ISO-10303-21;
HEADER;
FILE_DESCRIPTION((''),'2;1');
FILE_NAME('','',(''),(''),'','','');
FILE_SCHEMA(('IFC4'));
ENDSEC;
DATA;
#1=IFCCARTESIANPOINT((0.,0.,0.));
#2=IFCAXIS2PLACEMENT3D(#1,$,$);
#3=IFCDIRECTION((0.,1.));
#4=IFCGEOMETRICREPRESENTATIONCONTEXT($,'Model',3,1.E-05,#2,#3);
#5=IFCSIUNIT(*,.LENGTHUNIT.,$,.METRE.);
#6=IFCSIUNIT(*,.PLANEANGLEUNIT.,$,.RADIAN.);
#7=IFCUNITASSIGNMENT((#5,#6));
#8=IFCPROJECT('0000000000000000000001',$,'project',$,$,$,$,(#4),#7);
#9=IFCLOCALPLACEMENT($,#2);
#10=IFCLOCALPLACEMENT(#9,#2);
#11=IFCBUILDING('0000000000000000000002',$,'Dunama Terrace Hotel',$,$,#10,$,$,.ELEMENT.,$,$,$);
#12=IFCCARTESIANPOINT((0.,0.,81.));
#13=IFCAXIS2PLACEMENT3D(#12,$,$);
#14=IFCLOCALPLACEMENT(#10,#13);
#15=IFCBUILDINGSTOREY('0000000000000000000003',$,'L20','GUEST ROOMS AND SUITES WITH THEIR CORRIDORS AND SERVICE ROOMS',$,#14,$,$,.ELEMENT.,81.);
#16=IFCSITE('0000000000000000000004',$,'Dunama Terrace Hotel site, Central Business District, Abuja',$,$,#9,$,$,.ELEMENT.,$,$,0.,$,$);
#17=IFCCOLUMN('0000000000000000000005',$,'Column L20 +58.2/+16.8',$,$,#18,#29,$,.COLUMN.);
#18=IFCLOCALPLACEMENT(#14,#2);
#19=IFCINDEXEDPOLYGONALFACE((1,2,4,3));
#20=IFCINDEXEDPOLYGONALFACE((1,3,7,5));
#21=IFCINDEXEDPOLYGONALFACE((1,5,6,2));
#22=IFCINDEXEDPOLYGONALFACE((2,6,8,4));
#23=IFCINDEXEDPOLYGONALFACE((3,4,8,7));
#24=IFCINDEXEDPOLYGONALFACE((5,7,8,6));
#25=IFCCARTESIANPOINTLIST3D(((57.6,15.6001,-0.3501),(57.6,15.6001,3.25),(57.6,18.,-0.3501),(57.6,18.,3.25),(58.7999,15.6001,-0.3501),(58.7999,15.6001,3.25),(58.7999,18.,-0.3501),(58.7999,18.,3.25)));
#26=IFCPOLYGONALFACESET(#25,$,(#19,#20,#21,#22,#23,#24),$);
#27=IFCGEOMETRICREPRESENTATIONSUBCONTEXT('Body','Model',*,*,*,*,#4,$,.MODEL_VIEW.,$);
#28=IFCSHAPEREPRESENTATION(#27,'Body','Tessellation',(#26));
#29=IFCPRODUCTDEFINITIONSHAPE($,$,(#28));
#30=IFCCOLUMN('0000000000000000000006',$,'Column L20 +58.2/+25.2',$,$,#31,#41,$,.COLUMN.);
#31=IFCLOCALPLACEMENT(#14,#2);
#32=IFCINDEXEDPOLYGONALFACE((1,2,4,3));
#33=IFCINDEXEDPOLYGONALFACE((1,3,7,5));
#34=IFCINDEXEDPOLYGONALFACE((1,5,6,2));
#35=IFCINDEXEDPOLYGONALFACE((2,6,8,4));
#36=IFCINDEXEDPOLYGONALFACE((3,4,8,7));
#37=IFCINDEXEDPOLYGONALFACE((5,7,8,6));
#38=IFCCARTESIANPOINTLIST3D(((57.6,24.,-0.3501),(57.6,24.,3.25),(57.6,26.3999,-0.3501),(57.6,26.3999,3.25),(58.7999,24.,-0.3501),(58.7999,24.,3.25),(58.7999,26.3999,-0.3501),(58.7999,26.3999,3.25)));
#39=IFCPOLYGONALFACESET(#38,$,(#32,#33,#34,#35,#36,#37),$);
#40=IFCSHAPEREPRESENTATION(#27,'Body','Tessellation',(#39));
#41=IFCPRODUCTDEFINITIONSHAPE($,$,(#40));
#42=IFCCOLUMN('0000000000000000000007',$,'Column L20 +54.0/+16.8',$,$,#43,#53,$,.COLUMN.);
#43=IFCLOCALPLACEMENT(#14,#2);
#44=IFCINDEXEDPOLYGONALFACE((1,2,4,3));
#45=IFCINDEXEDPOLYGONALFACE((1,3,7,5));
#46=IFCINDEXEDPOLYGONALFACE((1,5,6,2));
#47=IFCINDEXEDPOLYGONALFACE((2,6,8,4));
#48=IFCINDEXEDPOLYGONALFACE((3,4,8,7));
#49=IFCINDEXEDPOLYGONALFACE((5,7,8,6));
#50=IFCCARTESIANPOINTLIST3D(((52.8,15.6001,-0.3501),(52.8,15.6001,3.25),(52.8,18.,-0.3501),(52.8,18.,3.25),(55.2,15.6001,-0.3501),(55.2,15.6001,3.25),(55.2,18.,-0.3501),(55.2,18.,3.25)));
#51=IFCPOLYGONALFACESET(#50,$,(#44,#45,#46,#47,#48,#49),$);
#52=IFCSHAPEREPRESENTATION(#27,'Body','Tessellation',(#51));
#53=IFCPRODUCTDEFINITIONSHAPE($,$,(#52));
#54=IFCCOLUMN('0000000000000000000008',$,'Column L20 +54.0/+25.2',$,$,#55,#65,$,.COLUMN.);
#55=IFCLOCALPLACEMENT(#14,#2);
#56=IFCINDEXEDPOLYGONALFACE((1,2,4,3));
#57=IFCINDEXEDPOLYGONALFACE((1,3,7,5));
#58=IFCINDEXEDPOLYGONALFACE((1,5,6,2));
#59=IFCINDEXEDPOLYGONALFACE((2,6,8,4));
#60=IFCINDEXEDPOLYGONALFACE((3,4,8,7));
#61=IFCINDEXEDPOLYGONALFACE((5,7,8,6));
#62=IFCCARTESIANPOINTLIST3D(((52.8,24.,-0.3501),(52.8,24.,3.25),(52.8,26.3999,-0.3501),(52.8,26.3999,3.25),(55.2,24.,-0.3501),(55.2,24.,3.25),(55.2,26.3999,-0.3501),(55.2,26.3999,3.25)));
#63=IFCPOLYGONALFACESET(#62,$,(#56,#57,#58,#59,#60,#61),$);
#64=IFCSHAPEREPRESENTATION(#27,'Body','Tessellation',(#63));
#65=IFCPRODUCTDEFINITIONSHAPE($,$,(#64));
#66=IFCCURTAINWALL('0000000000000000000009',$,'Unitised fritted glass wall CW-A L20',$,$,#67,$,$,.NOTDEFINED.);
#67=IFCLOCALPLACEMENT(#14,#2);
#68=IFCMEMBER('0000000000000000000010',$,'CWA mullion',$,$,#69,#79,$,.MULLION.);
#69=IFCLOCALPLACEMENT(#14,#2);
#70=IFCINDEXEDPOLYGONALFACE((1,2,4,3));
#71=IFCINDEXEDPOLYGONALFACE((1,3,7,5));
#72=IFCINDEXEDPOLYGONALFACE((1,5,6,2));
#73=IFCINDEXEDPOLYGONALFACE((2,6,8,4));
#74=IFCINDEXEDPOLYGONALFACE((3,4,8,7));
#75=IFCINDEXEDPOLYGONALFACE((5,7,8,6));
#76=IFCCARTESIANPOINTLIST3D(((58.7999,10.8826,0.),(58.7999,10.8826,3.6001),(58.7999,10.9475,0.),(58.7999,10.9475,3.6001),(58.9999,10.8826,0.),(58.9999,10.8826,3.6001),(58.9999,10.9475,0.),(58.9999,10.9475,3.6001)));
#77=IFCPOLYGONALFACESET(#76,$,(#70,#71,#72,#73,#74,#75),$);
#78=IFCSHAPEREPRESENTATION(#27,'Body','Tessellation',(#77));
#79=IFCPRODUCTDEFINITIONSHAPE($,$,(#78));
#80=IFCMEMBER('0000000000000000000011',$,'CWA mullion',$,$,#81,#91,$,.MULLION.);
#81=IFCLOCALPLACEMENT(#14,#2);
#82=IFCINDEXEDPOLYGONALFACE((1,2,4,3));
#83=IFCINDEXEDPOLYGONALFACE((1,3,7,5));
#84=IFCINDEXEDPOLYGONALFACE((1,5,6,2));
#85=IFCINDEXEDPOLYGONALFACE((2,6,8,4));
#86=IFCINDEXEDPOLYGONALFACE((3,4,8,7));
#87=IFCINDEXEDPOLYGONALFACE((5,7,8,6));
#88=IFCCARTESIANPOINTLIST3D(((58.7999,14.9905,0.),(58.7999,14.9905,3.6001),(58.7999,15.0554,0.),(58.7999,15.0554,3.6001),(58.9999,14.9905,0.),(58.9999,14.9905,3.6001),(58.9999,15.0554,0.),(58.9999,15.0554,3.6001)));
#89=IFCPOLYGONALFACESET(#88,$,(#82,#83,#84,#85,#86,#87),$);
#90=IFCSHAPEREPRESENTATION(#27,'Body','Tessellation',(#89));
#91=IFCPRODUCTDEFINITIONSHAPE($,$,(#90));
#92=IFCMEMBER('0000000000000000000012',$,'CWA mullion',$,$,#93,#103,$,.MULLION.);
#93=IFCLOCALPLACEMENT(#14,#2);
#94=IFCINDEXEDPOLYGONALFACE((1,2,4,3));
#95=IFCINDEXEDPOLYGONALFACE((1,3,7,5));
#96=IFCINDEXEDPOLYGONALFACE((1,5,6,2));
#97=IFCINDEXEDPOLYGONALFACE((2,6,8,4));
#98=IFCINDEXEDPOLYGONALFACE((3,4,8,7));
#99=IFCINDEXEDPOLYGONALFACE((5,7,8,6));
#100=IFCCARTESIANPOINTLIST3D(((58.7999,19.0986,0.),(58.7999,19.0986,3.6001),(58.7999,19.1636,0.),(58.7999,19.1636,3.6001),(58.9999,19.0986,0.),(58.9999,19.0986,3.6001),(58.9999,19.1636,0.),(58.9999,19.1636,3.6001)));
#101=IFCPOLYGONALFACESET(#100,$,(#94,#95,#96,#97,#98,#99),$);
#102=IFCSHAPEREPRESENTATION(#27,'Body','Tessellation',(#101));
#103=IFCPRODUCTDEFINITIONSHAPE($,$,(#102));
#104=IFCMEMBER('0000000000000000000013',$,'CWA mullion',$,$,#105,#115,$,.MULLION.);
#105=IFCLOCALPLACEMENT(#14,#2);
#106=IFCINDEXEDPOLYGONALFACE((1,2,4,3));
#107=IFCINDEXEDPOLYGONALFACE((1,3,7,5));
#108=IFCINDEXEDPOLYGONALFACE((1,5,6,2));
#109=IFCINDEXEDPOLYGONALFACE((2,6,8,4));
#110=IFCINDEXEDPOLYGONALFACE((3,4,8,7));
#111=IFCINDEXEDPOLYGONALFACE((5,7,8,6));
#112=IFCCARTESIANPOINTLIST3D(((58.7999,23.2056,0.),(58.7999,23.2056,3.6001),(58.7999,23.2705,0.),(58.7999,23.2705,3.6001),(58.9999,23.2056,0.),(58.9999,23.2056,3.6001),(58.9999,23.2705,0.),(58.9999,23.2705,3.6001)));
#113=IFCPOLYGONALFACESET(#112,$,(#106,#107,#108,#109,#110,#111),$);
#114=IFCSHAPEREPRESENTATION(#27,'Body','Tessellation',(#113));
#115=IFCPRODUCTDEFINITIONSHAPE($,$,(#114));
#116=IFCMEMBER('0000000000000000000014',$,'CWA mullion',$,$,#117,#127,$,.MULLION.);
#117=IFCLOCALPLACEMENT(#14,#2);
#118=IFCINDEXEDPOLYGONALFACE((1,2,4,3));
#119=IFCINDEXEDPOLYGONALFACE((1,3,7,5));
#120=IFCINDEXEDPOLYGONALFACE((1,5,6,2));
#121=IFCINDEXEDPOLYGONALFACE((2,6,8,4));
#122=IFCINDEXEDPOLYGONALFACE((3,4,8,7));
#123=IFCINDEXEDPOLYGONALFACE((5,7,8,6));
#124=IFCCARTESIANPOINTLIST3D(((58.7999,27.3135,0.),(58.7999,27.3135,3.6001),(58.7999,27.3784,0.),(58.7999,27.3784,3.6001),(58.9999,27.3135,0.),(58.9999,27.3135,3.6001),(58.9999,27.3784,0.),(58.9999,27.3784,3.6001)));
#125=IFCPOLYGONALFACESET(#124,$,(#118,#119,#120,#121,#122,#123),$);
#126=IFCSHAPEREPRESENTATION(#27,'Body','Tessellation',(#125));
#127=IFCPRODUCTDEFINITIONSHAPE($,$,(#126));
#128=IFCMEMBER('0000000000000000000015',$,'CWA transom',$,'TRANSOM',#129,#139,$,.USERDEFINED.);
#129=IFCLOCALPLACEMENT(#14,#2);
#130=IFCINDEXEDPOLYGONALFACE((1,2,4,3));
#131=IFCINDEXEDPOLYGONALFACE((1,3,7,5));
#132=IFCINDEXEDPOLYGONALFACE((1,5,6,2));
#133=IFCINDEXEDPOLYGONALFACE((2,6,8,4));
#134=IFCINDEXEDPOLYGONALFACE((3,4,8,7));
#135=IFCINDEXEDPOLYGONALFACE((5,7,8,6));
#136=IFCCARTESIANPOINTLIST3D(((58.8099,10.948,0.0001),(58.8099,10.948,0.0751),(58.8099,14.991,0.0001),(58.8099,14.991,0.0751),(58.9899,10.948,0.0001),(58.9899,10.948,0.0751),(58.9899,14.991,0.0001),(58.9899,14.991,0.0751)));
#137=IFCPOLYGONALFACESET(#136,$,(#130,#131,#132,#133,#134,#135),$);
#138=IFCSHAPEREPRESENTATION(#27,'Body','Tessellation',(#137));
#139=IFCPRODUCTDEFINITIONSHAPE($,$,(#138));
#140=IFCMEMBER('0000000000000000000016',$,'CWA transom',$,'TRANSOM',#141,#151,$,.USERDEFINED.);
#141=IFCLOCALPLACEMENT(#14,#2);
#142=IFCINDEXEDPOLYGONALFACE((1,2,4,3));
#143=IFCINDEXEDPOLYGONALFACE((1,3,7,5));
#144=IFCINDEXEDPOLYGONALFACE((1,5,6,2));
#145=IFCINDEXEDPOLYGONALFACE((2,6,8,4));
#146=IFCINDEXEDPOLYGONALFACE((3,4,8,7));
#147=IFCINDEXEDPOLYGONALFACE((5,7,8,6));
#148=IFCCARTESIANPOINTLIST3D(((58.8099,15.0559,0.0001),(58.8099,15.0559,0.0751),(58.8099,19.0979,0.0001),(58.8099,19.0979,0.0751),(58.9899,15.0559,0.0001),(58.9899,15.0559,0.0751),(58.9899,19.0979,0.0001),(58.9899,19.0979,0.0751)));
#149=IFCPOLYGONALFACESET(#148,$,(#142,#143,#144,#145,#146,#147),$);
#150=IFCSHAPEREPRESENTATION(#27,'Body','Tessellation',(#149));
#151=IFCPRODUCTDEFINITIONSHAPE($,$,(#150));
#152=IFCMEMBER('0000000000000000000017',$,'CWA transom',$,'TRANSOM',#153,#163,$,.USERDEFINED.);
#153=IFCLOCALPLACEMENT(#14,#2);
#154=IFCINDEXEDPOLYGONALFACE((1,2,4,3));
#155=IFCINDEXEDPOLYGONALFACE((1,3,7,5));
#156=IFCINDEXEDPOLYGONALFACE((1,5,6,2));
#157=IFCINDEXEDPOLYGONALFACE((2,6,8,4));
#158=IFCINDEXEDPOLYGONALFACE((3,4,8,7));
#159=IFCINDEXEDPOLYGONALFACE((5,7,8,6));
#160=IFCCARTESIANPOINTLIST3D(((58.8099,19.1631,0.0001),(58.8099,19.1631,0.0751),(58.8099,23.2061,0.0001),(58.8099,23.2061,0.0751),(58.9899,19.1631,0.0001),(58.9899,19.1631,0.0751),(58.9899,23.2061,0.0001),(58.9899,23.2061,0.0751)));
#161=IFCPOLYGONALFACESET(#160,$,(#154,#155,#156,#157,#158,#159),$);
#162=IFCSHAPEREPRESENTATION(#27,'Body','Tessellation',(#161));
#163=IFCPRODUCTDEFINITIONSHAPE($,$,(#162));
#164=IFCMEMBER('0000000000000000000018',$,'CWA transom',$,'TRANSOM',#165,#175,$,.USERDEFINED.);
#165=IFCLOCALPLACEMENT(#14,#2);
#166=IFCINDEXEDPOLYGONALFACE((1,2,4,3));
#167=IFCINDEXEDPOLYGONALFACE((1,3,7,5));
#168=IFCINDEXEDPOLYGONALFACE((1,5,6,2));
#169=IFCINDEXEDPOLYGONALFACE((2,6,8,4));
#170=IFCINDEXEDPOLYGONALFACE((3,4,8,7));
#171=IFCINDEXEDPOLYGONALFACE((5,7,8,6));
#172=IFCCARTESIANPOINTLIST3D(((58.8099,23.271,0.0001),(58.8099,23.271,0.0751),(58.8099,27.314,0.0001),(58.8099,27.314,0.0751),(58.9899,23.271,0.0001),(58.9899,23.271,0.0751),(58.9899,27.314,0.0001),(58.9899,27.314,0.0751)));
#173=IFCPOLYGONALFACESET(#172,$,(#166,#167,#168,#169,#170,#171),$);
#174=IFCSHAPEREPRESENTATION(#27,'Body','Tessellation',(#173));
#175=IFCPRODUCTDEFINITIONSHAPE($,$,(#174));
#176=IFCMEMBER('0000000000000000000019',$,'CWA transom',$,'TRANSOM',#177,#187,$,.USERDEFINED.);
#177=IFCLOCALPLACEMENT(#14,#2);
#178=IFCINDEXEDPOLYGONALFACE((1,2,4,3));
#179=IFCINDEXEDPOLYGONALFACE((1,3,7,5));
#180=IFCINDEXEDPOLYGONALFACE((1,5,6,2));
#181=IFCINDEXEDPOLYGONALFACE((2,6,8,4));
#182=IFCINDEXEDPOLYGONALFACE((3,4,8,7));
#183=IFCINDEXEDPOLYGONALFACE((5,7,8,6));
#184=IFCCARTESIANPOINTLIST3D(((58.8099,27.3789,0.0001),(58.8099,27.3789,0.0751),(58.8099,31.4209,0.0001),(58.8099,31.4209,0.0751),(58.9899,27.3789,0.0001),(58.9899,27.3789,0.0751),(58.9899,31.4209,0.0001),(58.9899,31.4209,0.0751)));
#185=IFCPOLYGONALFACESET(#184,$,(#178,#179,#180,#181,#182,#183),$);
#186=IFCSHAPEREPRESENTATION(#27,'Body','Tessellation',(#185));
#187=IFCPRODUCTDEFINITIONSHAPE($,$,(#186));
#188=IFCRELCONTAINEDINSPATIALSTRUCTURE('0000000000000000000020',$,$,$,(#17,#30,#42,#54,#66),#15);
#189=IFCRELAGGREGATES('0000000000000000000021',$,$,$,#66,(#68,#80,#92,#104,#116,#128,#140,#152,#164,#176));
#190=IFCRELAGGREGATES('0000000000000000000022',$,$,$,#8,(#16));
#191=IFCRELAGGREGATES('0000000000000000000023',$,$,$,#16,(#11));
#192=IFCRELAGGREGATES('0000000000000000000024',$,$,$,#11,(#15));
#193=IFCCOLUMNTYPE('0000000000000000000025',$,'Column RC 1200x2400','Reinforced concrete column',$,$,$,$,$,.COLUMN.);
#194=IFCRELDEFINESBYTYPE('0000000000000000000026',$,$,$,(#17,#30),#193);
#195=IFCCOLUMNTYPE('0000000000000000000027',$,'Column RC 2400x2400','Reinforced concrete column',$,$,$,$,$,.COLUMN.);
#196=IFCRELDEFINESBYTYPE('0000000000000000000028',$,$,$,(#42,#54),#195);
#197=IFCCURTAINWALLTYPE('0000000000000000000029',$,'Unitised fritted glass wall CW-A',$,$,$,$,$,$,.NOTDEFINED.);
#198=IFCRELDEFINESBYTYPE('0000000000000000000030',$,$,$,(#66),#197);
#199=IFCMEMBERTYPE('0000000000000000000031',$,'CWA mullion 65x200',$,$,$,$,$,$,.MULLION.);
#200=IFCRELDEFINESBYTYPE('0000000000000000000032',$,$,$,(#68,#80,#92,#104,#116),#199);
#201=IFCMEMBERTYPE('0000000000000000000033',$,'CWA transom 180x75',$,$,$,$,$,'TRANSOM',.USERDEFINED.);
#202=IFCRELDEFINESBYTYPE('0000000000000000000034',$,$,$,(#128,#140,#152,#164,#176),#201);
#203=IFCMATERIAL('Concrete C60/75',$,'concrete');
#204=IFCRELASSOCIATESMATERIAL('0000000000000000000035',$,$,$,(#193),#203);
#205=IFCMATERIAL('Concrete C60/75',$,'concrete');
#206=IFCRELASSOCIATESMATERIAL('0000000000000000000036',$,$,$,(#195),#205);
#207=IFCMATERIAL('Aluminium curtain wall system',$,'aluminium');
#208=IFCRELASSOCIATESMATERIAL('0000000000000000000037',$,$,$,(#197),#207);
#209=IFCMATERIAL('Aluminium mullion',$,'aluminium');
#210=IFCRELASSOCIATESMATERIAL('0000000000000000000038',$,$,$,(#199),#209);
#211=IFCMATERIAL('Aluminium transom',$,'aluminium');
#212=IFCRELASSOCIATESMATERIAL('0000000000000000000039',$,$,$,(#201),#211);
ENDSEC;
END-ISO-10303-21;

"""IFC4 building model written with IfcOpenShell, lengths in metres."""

from ifc_helpers import new_model, si_unit, direction, frame, origin, origin_2d, place, context, subcontext, project, spatial, rectangle, extrude, material, material_profile, profile_set, type_object, element, aggregate, save


model = new_model("IFC4")

# Units and contexts
model_context = context("Model", 3, precision=1e-05, world=origin(), true_north=direction((0.0, 1.0)))
body_context = subcontext(model_context, "Body", "Model", "MODEL_VIEW")
ifc_project = project(units=[si_unit("LENGTHUNIT", "METRE"), si_unit("PLANEANGLEUNIT", "RADIAN")], contexts=[model_context])

# Site, building, storey
site_placement = place(None, origin())
site = spatial("IfcSite", under=ifc_project, at=site_placement, Name="Dunama Terrace Hotel site, Central Business District, Abuja", CompositionType="ELEMENT", RefElevation=0.0)
building_placement = place(site_placement, origin())
building = spatial("IfcBuilding", under=site, at=building_placement, Name="Dunama Terrace Hotel", CompositionType="ELEMENT")
storey_placement = place(building_placement, frame((0.0, 0.0, 81.0)))
storey = spatial("IfcBuildingStorey", under=building, at=storey_placement, Name="L20", Description="GUEST ROOMS AND SUITES WITH THEIR CORRIDORS AND SERVICE ROOMS", CompositionType="ELEMENT", Elevation=81.0)

# Columns
ifc_material_1 = material(Name="Concrete C60/75", Category="concrete")
ifc_material_profile_1 = material_profile(ifc_material_1, rectangle(XDim=1.2, YDim=2.3999, at=origin_2d()), Name="RC 1200x2400")
ifc_profile_set_1 = profile_set([ifc_material_profile_1], Name="Concrete C60/75")
column_type_1 = type_object("IfcColumnType", Name="Column RC 1200x2400", Description="Reinforced concrete column", PredefinedType="COLUMN", material=ifc_profile_set_1)
for number, where, z_axis, x_axis, name in (
    (1, (58.2, 16.8, -0.3501), (0.0, 0.0, 1.0), (1.0, 0.0, 0.0), "Column L20 +58.2/+16.8"),
    (2, (58.2, 25.2, -0.3501), (0.0, 0.0, 1.0), (1.0, 0.0, 0.0), "Column L20 +58.2/+25.2"),
):
    element("IfcColumn", number, at=place(storey_placement, frame(where, z_axis=z_axis, x_axis=x_axis)), inside=storey, type_object=column_type_1, Name=name, PredefinedType="COLUMN", context=body_context, shape_type="SweptSolid", body=[
        extrude(rectangle(XDim=1.2, YDim=2.3999, at=origin_2d()), origin(), (0.0, 0.0, 1.0), 3.6001),
    ])
ifc_material_2 = material(Name="Concrete C60/75", Category="concrete")
ifc_material_profile_2 = material_profile(ifc_material_2, rectangle(XDim=2.3999, YDim=2.3999, at=origin_2d()), Name="RC 2400x2400")
ifc_profile_set_2 = profile_set([ifc_material_profile_2], Name="Concrete C60/75")
column_type_2 = type_object("IfcColumnType", Name="Column RC 2400x2400", Description="Reinforced concrete column", PredefinedType="COLUMN", material=ifc_profile_set_2)
for number, where, z_axis, x_axis, name in (
    (3, (54.0, 16.8, -0.3501), (0.0, 0.0, 1.0), (1.0, 0.0, 0.0), "Column L20 +54.0/+16.8"),
    (4, (54.0, 25.2, -0.3501), (0.0, 0.0, 1.0), (1.0, 0.0, 0.0), "Column L20 +54.0/+25.2"),
):
    element("IfcColumn", number, at=place(storey_placement, frame(where, z_axis=z_axis, x_axis=x_axis)), inside=storey, type_object=column_type_2, Name=name, PredefinedType="COLUMN", context=body_context, shape_type="SweptSolid", body=[
        extrude(rectangle(XDim=2.3999, YDim=2.3999, at=origin_2d()), origin(), (0.0, 0.0, 1.0), 3.6001),
    ])

# Curtain wall, members
ifc_material_3 = material(Name="Aluminium curtain wall system", Category="aluminium")
curtain_wall_type = type_object("IfcCurtainWallType", Name="Unitised fritted glass wall CW-A", PredefinedType="NOTDEFINED", material=ifc_material_3)
curtain_wall_placement = place(storey_placement, origin())
curtain_wall = element("IfcCurtainWall", 5, at=curtain_wall_placement, inside=storey, type_object=curtain_wall_type, Name="Unitised fritted glass wall CW-A L20", PredefinedType="NOTDEFINED")
ifc_material_4 = material(Name="Aluminium mullion", Category="aluminium")
ifc_material_profile_3 = material_profile(ifc_material_4, rectangle(XDim=0.0649, YDim=0.2, at=origin_2d()), Name="CWA MULLION 65X200")
ifc_profile_set_3 = profile_set([ifc_material_profile_3], Name="Aluminium mullion")
member_type_1 = type_object("IfcMemberType", Name="CWA mullion 65x200", PredefinedType="MULLION", material=ifc_profile_set_3)
member_1_placement = place(storey_placement, frame((58.8999, 10.915, 0.0), z_axis=(0.0, 0.0, 1.0), x_axis=(0.0, 1.0, 0.0)))
member_1 = element("IfcMember", 6, at=member_1_placement, type_object=member_type_1, Name="CWA mullion", PredefinedType="MULLION", context=body_context, shape_type="SweptSolid", body=[
    extrude(rectangle(XDim=0.0649, YDim=0.2, at=origin_2d()), origin(), (0.0, 0.0, 1.0), 3.6001),
])
member_2_placement = place(storey_placement, frame((58.8999, 15.0229, 0.0), z_axis=(0.0, 0.0, 1.0), x_axis=(0.0, 1.0, 0.0)))
member_2 = element("IfcMember", 7, at=member_2_placement, type_object=member_type_1, Name="CWA mullion", PredefinedType="MULLION", context=body_context, shape_type="SweptSolid", body=[
    extrude(rectangle(XDim=0.0649, YDim=0.2, at=origin_2d()), origin(), (0.0, 0.0, 1.0), 3.6001),
])
member_3_placement = place(storey_placement, frame((58.8999, 19.1311, 0.0), z_axis=(0.0, 0.0, 1.0), x_axis=(0.0, 1.0, 0.0)))
member_3 = element("IfcMember", 8, at=member_3_placement, type_object=member_type_1, Name="CWA mullion", PredefinedType="MULLION", context=body_context, shape_type="SweptSolid", body=[
    extrude(rectangle(XDim=0.0649, YDim=0.2, at=origin_2d()), origin(), (0.0, 0.0, 1.0), 3.6001),
])
member_4_placement = place(storey_placement, frame((58.8999, 23.238, 0.0), z_axis=(0.0, 0.0, 1.0), x_axis=(0.0, 1.0, 0.0)))
member_4 = element("IfcMember", 9, at=member_4_placement, type_object=member_type_1, Name="CWA mullion", PredefinedType="MULLION", context=body_context, shape_type="SweptSolid", body=[
    extrude(rectangle(XDim=0.0649, YDim=0.2, at=origin_2d()), origin(), (0.0, 0.0, 1.0), 3.6001),
])
member_5_placement = place(storey_placement, frame((58.8999, 27.3459, 0.0), z_axis=(0.0, 0.0, 1.0), x_axis=(0.0, 1.0, 0.0)))
member_5 = element("IfcMember", 10, at=member_5_placement, type_object=member_type_1, Name="CWA mullion", PredefinedType="MULLION", context=body_context, shape_type="SweptSolid", body=[
    extrude(rectangle(XDim=0.0649, YDim=0.2, at=origin_2d()), origin(), (0.0, 0.0, 1.0), 3.6001),
])
ifc_material_5 = material(Name="Aluminium transom", Category="aluminium")
ifc_material_profile_4 = material_profile(ifc_material_5, rectangle(XDim=0.1799, YDim=0.075, at=origin_2d()), Name="CWA TRANSOM 180X75")
ifc_profile_set_4 = profile_set([ifc_material_profile_4], Name="Aluminium transom")
member_type_2 = type_object("IfcMemberType", Name="CWA transom 180x75", ElementType="TRANSOM", PredefinedType="USERDEFINED", material=ifc_profile_set_4)
member_6_placement = place(storey_placement, frame((58.8999, 10.948, 0.0376), z_axis=(0.0, 1.0, 0.0), x_axis=(-1.0, 0.0, 0.0)))
member_6 = element("IfcMember", 11, at=member_6_placement, type_object=member_type_2, Name="CWA transom", ObjectType="TRANSOM", PredefinedType="USERDEFINED", context=body_context, shape_type="SweptSolid", body=[
    extrude(rectangle(XDim=0.1799, YDim=0.075, at=origin_2d()), origin(), (0.0, 0.0, 1.0), 4.043),
])
member_7_placement = place(storey_placement, frame((58.8999, 15.0559, 0.0376), z_axis=(0.0, 1.0, 0.0), x_axis=(-1.0, 0.0, 0.0)))
member_7 = element("IfcMember", 12, at=member_7_placement, type_object=member_type_2, Name="CWA transom", ObjectType="TRANSOM", PredefinedType="USERDEFINED", context=body_context, shape_type="SweptSolid", body=[
    extrude(rectangle(XDim=0.1799, YDim=0.075, at=origin_2d()), origin(), (0.0, 0.0, 1.0), 4.042),
])
member_8_placement = place(storey_placement, frame((58.8999, 19.1631, 0.0376), z_axis=(0.0, 1.0, 0.0), x_axis=(-1.0, 0.0, 0.0)))
member_8 = element("IfcMember", 13, at=member_8_placement, type_object=member_type_2, Name="CWA transom", ObjectType="TRANSOM", PredefinedType="USERDEFINED", context=body_context, shape_type="SweptSolid", body=[
    extrude(rectangle(XDim=0.1799, YDim=0.075, at=origin_2d()), origin(), (0.0, 0.0, 1.0), 4.043),
])
member_9_placement = place(storey_placement, frame((58.8999, 23.271, 0.0376), z_axis=(0.0, 1.0, 0.0), x_axis=(-1.0, 0.0, 0.0)))
member_9 = element("IfcMember", 14, at=member_9_placement, type_object=member_type_2, Name="CWA transom", ObjectType="TRANSOM", PredefinedType="USERDEFINED", context=body_context, shape_type="SweptSolid", body=[
    extrude(rectangle(XDim=0.1799, YDim=0.075, at=origin_2d()), origin(), (0.0, 0.0, 1.0), 4.043),
])
member_10_placement = place(storey_placement, frame((58.8999, 27.3789, 0.0376), z_axis=(0.0, 1.0, 0.0), x_axis=(-1.0, 0.0, 0.0)))
member_10 = element("IfcMember", 15, at=member_10_placement, type_object=member_type_2, Name="CWA transom", ObjectType="TRANSOM", PredefinedType="USERDEFINED", context=body_context, shape_type="SweptSolid", body=[
    extrude(rectangle(XDim=0.1799, YDim=0.075, at=origin_2d()), origin(), (0.0, 0.0, 1.0), 4.042),
])

aggregate(curtain_wall, [member_1, member_2, member_3, member_4, member_5, member_6, member_7, member_8, member_9, member_10])

save(model, "model.ifc")
